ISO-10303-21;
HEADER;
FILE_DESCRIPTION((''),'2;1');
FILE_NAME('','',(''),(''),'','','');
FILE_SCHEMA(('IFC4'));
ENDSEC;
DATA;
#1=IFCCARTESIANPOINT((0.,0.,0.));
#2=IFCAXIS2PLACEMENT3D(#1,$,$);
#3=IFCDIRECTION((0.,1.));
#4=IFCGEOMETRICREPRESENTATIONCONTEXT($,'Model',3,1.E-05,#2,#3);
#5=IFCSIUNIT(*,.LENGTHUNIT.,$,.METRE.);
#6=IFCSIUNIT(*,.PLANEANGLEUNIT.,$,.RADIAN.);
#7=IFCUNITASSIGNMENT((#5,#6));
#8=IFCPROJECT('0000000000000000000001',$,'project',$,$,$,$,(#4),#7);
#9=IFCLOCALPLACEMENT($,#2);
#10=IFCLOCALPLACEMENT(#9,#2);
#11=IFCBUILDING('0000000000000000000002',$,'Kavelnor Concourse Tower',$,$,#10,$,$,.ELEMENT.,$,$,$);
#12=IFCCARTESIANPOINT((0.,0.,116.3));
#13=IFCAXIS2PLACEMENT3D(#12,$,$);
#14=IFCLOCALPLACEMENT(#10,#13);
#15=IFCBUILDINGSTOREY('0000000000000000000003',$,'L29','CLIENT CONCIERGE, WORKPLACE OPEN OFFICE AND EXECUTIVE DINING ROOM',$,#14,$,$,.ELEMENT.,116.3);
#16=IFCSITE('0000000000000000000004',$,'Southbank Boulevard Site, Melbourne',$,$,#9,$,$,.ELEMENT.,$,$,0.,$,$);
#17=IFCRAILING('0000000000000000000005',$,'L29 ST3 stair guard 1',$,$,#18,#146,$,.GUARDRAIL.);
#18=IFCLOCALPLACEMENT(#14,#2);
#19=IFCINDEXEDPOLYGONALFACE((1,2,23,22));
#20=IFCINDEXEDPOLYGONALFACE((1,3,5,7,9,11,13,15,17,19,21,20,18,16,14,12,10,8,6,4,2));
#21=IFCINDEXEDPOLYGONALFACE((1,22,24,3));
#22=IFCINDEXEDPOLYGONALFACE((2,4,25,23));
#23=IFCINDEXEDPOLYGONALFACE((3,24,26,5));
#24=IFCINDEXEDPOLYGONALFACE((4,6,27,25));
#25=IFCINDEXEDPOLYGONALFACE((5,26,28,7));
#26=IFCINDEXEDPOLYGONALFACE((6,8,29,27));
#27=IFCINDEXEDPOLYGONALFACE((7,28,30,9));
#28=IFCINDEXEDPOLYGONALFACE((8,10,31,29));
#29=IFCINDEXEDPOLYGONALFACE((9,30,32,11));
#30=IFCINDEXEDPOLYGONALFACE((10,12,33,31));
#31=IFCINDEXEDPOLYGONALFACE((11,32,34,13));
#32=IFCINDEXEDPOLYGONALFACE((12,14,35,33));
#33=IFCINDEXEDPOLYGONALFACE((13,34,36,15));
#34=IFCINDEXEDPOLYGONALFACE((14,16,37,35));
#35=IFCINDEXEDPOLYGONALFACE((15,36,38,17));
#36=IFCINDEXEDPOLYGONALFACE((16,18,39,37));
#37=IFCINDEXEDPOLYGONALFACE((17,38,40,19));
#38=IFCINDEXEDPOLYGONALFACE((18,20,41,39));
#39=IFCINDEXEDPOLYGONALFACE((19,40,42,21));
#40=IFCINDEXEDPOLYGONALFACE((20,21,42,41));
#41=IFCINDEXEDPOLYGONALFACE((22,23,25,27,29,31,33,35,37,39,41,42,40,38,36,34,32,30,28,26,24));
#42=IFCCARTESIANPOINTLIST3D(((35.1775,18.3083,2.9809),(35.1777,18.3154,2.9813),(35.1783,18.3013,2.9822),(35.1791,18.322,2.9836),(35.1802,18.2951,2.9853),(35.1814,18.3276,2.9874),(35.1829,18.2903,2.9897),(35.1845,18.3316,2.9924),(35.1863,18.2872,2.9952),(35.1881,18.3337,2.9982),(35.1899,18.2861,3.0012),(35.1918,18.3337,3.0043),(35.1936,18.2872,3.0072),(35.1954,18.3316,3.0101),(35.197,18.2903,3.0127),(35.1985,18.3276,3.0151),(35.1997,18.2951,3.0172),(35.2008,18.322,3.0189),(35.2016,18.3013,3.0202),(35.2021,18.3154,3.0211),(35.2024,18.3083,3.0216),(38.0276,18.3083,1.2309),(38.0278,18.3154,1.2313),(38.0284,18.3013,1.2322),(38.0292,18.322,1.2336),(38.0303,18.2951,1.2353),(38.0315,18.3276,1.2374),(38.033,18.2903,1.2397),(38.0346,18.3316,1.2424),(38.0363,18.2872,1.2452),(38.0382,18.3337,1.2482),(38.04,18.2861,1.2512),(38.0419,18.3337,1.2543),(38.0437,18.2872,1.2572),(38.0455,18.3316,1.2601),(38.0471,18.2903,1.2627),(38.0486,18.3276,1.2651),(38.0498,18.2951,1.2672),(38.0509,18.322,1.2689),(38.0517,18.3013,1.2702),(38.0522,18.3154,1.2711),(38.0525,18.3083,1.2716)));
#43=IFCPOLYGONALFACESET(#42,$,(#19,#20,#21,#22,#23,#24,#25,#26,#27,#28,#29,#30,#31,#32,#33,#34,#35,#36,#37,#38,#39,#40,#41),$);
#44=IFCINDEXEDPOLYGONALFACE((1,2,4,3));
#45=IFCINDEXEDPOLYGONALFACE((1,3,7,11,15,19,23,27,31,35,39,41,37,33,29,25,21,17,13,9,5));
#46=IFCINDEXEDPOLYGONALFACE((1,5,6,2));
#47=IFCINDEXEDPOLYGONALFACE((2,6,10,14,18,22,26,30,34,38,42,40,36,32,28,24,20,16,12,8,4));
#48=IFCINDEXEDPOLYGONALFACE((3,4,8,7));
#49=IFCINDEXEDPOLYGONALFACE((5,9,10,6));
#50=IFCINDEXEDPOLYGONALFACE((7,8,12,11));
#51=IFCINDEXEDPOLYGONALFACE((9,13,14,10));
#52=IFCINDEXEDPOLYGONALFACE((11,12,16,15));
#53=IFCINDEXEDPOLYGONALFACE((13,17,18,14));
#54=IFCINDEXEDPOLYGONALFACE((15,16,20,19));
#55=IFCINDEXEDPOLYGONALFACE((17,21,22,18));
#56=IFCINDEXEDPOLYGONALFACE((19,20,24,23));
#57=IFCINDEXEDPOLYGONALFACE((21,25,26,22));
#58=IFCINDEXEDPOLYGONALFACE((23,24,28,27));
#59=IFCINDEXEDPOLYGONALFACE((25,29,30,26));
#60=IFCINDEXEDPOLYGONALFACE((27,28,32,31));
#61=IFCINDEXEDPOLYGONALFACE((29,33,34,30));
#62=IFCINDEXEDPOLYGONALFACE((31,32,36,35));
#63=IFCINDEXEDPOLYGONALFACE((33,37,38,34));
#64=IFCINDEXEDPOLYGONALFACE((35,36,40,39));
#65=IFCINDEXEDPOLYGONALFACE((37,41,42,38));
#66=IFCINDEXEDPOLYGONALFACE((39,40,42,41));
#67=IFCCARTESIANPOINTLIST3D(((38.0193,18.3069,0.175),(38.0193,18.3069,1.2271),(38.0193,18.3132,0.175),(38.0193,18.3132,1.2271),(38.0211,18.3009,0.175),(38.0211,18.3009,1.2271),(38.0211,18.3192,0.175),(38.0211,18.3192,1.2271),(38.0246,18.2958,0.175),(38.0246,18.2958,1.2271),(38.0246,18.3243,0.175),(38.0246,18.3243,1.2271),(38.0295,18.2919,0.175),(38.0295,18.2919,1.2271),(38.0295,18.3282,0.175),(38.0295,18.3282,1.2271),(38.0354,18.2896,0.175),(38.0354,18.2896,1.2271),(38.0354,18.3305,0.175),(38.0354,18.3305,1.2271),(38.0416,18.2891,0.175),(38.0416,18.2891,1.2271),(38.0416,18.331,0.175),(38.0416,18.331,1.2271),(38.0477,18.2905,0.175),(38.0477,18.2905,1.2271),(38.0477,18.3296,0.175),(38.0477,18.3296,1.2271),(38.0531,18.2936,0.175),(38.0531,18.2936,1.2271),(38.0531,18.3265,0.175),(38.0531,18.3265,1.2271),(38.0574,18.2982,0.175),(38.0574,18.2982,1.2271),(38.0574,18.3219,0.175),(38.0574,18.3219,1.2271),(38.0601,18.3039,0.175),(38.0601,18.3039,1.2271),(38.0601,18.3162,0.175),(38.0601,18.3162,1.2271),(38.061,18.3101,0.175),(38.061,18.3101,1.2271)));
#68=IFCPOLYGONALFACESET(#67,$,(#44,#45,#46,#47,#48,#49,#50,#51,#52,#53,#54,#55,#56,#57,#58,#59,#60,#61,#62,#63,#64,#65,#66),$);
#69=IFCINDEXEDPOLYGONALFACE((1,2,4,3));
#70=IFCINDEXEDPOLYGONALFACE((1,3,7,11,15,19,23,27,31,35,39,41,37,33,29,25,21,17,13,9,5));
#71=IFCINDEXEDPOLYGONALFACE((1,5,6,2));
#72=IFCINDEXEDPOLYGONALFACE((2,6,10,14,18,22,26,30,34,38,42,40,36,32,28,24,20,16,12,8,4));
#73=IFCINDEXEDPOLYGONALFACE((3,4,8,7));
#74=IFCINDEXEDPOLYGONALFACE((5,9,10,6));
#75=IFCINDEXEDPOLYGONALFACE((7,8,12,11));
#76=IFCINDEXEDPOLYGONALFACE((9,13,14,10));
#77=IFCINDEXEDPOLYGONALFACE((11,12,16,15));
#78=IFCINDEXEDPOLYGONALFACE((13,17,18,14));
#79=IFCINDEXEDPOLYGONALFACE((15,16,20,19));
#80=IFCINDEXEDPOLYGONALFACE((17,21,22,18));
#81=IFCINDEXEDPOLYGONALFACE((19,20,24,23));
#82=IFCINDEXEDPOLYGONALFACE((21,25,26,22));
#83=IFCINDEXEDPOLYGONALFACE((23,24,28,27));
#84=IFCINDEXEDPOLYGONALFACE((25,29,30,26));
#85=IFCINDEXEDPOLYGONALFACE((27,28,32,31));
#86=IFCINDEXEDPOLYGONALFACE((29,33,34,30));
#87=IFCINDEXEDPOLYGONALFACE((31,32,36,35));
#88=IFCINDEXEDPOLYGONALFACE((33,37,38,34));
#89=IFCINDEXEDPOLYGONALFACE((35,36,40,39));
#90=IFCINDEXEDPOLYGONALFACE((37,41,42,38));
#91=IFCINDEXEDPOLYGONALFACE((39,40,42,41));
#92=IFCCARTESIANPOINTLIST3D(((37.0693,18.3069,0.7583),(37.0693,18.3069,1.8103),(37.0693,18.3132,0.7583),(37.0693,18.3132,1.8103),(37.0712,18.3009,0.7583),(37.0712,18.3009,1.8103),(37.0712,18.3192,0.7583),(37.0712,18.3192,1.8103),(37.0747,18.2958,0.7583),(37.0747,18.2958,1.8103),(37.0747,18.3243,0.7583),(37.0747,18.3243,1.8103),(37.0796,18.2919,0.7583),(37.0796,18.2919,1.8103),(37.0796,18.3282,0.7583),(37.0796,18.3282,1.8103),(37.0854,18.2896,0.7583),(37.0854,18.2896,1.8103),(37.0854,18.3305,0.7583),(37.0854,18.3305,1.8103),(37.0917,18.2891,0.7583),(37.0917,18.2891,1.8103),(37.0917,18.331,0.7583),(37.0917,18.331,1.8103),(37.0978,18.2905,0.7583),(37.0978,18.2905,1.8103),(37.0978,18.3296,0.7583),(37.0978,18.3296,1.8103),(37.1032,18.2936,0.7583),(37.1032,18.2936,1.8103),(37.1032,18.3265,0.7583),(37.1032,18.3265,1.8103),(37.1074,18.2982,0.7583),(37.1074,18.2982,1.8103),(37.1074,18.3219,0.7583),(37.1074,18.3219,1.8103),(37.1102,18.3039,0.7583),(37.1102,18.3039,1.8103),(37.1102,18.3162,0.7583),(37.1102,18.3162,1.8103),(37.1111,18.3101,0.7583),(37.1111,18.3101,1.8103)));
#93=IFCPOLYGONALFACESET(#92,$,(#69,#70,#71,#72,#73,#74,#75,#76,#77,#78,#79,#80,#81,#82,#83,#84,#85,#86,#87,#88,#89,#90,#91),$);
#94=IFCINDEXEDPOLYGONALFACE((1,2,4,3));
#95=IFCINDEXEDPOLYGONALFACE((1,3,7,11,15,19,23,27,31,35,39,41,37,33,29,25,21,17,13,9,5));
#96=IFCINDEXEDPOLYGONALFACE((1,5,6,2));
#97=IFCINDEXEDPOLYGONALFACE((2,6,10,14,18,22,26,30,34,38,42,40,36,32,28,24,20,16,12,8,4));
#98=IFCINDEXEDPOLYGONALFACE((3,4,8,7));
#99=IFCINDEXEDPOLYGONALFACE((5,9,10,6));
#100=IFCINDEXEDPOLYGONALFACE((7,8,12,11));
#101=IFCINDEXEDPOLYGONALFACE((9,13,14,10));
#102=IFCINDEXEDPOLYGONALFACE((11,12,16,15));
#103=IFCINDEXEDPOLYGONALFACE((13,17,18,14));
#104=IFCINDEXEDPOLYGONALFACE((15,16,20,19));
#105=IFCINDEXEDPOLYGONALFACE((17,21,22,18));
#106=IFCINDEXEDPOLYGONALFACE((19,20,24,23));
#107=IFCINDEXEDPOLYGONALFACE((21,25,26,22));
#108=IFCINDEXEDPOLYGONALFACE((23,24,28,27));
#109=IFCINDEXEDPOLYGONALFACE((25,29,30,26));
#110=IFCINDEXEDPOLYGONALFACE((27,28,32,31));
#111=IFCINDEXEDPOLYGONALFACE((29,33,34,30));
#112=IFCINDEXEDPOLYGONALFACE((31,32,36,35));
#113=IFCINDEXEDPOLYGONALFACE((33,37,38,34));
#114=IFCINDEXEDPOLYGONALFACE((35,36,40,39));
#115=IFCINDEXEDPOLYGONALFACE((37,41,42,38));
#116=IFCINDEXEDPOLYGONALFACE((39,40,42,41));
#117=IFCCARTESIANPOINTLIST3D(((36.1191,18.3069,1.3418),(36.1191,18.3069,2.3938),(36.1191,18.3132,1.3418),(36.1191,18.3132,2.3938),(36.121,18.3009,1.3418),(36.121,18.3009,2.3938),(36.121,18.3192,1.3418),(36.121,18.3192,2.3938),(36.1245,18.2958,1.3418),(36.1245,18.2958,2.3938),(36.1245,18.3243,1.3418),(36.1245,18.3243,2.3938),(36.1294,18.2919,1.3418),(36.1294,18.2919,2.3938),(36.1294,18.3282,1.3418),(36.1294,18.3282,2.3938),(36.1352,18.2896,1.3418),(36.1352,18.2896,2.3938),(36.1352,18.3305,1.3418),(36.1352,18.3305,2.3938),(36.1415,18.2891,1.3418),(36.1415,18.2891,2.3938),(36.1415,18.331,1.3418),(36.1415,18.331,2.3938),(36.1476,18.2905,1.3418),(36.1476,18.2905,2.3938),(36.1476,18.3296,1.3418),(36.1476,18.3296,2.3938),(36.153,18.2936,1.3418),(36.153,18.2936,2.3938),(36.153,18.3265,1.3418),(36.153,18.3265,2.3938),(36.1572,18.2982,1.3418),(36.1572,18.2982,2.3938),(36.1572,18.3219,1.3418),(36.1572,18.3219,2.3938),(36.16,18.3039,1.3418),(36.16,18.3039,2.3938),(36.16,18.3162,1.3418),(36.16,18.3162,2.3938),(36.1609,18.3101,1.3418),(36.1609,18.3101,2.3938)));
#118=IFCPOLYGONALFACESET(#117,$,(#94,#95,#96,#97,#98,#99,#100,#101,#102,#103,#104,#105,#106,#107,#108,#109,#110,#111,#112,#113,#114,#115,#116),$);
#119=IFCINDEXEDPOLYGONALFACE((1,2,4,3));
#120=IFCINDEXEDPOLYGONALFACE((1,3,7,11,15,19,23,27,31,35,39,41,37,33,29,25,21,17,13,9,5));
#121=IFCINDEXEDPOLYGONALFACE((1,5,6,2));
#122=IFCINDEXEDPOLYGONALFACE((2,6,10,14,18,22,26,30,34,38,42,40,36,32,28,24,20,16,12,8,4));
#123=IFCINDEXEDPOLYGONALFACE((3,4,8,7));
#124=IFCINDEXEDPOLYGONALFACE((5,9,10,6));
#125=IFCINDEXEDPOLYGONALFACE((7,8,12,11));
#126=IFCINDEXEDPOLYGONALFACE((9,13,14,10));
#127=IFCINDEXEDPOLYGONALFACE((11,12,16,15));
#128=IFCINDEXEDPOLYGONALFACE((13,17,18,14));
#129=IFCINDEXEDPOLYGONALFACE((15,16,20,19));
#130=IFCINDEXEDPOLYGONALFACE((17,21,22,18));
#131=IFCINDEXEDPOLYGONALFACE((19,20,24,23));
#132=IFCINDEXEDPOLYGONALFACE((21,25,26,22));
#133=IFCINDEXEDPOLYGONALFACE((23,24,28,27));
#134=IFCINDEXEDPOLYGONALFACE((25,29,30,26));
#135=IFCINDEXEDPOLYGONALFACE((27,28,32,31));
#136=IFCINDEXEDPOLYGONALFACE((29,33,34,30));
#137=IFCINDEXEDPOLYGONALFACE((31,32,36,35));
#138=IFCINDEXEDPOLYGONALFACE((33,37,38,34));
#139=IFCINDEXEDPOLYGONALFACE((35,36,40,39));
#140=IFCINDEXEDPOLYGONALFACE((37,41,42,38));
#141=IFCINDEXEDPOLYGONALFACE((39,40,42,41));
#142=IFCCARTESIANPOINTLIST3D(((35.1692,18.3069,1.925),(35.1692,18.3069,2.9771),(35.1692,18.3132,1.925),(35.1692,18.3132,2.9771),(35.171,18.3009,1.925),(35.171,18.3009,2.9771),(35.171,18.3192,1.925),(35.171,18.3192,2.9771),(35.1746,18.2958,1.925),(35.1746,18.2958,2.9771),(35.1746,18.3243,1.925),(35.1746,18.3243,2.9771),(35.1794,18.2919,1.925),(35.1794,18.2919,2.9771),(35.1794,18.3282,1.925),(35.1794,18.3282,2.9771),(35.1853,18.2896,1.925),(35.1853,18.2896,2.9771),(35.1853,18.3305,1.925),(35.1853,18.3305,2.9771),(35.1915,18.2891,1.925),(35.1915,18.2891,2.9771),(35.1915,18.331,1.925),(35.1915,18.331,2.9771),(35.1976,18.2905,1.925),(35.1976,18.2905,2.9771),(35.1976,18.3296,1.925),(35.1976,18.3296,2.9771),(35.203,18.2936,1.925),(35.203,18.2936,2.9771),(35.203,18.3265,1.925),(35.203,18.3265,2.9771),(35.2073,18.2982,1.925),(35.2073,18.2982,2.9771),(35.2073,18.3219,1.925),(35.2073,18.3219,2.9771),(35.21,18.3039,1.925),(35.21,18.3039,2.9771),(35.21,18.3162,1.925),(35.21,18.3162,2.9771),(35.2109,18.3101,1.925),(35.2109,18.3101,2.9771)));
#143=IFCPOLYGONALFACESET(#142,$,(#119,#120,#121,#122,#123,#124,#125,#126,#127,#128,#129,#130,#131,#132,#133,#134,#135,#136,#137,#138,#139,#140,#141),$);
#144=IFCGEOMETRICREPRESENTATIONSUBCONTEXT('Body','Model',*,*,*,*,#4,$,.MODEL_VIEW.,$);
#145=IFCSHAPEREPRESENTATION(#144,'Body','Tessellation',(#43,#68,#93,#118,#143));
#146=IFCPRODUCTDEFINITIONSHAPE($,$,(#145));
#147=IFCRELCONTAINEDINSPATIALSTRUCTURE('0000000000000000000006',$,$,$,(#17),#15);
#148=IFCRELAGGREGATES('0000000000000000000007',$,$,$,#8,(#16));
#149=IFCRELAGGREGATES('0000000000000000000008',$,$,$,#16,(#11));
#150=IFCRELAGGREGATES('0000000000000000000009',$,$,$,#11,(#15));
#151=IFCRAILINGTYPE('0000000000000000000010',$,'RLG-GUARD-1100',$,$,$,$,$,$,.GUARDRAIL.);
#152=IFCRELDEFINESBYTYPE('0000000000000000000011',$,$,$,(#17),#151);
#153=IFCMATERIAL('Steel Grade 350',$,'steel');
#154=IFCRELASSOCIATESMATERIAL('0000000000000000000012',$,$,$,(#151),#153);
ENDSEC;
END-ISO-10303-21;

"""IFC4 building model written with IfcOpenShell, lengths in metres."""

from ifc_helpers import new_model, si_unit, direction, frame, origin, origin_2d, place, context, subcontext, project, spatial, circle, extrude, material, type_object, element, save


model = new_model("IFC4")

# Units and contexts
model_context = context("Model", 3, precision=1e-05, world=origin(), true_north=direction((0.0, 1.0)))
body_context = subcontext(model_context, "Body", "Model", "MODEL_VIEW")
ifc_project = project(units=[si_unit("LENGTHUNIT", "METRE"), si_unit("PLANEANGLEUNIT", "RADIAN")], contexts=[model_context])

# Site, building, storey
site_placement = place(None, origin())
site = spatial("IfcSite", under=ifc_project, at=site_placement, Name="Southbank Boulevard Site, Melbourne", CompositionType="ELEMENT", RefElevation=0.0)
building_placement = place(site_placement, origin())
building = spatial("IfcBuilding", under=site, at=building_placement, Name="Kavelnor Concourse Tower", CompositionType="ELEMENT")
storey_placement = place(building_placement, frame((0.0, 0.0, 116.3)))
storey = spatial("IfcBuildingStorey", under=building, at=storey_placement, Name="L29", Description="CLIENT CONCIERGE, WORKPLACE OPEN OFFICE AND EXECUTIVE DINING ROOM", CompositionType="ELEMENT", Elevation=116.3)

# Shared definitions
ifc_material_1 = material(Name="Steel Grade 350", Category="steel")

# Railing
railing_type_1 = type_object("IfcRailingType", Name="RLG-GUARD-1100", PredefinedType="GUARDRAIL", material=ifc_material_1)
railing_1_placement = place(storey_placement, frame((38.04, 18.3101, 0.175)))
element("IfcRailing", 1, at=railing_1_placement, inside=storey, type_object=railing_type_1, Name="L29 ST3 stair guard 1", PredefinedType="GUARDRAIL", context=body_context, shape_type="SweptSolid", body=[
    extrude(circle(Radius=0.0239, at=origin_2d()), frame((0.0, 0.0, 1.0762), z_axis=(-0.852179, 0.0, 0.52325), x_axis=(0.0, -1.0, 0.0)), (0.0, 0.0, 1.0), 3.3445),
    extrude(circle(Radius=0.021, at=origin_2d()), origin(), (0.0, 0.0, 1.0), 1.052),
    extrude(circle(Radius=0.021, at=origin_2d()), frame((-0.95, 0.0, 0.5833)), (0.0, 0.0, 1.0), 1.052),
    extrude(circle(Radius=0.021, at=origin_2d()), frame((-1.9001, 0.0, 1.1667)), (0.0, 0.0, 1.0), 1.052),
    extrude(circle(Radius=0.021, at=origin_2d()), frame((-2.8501, 0.0, 1.75)), (0.0, 0.0, 1.0), 1.052),
])

save(model, "model.ifc")
